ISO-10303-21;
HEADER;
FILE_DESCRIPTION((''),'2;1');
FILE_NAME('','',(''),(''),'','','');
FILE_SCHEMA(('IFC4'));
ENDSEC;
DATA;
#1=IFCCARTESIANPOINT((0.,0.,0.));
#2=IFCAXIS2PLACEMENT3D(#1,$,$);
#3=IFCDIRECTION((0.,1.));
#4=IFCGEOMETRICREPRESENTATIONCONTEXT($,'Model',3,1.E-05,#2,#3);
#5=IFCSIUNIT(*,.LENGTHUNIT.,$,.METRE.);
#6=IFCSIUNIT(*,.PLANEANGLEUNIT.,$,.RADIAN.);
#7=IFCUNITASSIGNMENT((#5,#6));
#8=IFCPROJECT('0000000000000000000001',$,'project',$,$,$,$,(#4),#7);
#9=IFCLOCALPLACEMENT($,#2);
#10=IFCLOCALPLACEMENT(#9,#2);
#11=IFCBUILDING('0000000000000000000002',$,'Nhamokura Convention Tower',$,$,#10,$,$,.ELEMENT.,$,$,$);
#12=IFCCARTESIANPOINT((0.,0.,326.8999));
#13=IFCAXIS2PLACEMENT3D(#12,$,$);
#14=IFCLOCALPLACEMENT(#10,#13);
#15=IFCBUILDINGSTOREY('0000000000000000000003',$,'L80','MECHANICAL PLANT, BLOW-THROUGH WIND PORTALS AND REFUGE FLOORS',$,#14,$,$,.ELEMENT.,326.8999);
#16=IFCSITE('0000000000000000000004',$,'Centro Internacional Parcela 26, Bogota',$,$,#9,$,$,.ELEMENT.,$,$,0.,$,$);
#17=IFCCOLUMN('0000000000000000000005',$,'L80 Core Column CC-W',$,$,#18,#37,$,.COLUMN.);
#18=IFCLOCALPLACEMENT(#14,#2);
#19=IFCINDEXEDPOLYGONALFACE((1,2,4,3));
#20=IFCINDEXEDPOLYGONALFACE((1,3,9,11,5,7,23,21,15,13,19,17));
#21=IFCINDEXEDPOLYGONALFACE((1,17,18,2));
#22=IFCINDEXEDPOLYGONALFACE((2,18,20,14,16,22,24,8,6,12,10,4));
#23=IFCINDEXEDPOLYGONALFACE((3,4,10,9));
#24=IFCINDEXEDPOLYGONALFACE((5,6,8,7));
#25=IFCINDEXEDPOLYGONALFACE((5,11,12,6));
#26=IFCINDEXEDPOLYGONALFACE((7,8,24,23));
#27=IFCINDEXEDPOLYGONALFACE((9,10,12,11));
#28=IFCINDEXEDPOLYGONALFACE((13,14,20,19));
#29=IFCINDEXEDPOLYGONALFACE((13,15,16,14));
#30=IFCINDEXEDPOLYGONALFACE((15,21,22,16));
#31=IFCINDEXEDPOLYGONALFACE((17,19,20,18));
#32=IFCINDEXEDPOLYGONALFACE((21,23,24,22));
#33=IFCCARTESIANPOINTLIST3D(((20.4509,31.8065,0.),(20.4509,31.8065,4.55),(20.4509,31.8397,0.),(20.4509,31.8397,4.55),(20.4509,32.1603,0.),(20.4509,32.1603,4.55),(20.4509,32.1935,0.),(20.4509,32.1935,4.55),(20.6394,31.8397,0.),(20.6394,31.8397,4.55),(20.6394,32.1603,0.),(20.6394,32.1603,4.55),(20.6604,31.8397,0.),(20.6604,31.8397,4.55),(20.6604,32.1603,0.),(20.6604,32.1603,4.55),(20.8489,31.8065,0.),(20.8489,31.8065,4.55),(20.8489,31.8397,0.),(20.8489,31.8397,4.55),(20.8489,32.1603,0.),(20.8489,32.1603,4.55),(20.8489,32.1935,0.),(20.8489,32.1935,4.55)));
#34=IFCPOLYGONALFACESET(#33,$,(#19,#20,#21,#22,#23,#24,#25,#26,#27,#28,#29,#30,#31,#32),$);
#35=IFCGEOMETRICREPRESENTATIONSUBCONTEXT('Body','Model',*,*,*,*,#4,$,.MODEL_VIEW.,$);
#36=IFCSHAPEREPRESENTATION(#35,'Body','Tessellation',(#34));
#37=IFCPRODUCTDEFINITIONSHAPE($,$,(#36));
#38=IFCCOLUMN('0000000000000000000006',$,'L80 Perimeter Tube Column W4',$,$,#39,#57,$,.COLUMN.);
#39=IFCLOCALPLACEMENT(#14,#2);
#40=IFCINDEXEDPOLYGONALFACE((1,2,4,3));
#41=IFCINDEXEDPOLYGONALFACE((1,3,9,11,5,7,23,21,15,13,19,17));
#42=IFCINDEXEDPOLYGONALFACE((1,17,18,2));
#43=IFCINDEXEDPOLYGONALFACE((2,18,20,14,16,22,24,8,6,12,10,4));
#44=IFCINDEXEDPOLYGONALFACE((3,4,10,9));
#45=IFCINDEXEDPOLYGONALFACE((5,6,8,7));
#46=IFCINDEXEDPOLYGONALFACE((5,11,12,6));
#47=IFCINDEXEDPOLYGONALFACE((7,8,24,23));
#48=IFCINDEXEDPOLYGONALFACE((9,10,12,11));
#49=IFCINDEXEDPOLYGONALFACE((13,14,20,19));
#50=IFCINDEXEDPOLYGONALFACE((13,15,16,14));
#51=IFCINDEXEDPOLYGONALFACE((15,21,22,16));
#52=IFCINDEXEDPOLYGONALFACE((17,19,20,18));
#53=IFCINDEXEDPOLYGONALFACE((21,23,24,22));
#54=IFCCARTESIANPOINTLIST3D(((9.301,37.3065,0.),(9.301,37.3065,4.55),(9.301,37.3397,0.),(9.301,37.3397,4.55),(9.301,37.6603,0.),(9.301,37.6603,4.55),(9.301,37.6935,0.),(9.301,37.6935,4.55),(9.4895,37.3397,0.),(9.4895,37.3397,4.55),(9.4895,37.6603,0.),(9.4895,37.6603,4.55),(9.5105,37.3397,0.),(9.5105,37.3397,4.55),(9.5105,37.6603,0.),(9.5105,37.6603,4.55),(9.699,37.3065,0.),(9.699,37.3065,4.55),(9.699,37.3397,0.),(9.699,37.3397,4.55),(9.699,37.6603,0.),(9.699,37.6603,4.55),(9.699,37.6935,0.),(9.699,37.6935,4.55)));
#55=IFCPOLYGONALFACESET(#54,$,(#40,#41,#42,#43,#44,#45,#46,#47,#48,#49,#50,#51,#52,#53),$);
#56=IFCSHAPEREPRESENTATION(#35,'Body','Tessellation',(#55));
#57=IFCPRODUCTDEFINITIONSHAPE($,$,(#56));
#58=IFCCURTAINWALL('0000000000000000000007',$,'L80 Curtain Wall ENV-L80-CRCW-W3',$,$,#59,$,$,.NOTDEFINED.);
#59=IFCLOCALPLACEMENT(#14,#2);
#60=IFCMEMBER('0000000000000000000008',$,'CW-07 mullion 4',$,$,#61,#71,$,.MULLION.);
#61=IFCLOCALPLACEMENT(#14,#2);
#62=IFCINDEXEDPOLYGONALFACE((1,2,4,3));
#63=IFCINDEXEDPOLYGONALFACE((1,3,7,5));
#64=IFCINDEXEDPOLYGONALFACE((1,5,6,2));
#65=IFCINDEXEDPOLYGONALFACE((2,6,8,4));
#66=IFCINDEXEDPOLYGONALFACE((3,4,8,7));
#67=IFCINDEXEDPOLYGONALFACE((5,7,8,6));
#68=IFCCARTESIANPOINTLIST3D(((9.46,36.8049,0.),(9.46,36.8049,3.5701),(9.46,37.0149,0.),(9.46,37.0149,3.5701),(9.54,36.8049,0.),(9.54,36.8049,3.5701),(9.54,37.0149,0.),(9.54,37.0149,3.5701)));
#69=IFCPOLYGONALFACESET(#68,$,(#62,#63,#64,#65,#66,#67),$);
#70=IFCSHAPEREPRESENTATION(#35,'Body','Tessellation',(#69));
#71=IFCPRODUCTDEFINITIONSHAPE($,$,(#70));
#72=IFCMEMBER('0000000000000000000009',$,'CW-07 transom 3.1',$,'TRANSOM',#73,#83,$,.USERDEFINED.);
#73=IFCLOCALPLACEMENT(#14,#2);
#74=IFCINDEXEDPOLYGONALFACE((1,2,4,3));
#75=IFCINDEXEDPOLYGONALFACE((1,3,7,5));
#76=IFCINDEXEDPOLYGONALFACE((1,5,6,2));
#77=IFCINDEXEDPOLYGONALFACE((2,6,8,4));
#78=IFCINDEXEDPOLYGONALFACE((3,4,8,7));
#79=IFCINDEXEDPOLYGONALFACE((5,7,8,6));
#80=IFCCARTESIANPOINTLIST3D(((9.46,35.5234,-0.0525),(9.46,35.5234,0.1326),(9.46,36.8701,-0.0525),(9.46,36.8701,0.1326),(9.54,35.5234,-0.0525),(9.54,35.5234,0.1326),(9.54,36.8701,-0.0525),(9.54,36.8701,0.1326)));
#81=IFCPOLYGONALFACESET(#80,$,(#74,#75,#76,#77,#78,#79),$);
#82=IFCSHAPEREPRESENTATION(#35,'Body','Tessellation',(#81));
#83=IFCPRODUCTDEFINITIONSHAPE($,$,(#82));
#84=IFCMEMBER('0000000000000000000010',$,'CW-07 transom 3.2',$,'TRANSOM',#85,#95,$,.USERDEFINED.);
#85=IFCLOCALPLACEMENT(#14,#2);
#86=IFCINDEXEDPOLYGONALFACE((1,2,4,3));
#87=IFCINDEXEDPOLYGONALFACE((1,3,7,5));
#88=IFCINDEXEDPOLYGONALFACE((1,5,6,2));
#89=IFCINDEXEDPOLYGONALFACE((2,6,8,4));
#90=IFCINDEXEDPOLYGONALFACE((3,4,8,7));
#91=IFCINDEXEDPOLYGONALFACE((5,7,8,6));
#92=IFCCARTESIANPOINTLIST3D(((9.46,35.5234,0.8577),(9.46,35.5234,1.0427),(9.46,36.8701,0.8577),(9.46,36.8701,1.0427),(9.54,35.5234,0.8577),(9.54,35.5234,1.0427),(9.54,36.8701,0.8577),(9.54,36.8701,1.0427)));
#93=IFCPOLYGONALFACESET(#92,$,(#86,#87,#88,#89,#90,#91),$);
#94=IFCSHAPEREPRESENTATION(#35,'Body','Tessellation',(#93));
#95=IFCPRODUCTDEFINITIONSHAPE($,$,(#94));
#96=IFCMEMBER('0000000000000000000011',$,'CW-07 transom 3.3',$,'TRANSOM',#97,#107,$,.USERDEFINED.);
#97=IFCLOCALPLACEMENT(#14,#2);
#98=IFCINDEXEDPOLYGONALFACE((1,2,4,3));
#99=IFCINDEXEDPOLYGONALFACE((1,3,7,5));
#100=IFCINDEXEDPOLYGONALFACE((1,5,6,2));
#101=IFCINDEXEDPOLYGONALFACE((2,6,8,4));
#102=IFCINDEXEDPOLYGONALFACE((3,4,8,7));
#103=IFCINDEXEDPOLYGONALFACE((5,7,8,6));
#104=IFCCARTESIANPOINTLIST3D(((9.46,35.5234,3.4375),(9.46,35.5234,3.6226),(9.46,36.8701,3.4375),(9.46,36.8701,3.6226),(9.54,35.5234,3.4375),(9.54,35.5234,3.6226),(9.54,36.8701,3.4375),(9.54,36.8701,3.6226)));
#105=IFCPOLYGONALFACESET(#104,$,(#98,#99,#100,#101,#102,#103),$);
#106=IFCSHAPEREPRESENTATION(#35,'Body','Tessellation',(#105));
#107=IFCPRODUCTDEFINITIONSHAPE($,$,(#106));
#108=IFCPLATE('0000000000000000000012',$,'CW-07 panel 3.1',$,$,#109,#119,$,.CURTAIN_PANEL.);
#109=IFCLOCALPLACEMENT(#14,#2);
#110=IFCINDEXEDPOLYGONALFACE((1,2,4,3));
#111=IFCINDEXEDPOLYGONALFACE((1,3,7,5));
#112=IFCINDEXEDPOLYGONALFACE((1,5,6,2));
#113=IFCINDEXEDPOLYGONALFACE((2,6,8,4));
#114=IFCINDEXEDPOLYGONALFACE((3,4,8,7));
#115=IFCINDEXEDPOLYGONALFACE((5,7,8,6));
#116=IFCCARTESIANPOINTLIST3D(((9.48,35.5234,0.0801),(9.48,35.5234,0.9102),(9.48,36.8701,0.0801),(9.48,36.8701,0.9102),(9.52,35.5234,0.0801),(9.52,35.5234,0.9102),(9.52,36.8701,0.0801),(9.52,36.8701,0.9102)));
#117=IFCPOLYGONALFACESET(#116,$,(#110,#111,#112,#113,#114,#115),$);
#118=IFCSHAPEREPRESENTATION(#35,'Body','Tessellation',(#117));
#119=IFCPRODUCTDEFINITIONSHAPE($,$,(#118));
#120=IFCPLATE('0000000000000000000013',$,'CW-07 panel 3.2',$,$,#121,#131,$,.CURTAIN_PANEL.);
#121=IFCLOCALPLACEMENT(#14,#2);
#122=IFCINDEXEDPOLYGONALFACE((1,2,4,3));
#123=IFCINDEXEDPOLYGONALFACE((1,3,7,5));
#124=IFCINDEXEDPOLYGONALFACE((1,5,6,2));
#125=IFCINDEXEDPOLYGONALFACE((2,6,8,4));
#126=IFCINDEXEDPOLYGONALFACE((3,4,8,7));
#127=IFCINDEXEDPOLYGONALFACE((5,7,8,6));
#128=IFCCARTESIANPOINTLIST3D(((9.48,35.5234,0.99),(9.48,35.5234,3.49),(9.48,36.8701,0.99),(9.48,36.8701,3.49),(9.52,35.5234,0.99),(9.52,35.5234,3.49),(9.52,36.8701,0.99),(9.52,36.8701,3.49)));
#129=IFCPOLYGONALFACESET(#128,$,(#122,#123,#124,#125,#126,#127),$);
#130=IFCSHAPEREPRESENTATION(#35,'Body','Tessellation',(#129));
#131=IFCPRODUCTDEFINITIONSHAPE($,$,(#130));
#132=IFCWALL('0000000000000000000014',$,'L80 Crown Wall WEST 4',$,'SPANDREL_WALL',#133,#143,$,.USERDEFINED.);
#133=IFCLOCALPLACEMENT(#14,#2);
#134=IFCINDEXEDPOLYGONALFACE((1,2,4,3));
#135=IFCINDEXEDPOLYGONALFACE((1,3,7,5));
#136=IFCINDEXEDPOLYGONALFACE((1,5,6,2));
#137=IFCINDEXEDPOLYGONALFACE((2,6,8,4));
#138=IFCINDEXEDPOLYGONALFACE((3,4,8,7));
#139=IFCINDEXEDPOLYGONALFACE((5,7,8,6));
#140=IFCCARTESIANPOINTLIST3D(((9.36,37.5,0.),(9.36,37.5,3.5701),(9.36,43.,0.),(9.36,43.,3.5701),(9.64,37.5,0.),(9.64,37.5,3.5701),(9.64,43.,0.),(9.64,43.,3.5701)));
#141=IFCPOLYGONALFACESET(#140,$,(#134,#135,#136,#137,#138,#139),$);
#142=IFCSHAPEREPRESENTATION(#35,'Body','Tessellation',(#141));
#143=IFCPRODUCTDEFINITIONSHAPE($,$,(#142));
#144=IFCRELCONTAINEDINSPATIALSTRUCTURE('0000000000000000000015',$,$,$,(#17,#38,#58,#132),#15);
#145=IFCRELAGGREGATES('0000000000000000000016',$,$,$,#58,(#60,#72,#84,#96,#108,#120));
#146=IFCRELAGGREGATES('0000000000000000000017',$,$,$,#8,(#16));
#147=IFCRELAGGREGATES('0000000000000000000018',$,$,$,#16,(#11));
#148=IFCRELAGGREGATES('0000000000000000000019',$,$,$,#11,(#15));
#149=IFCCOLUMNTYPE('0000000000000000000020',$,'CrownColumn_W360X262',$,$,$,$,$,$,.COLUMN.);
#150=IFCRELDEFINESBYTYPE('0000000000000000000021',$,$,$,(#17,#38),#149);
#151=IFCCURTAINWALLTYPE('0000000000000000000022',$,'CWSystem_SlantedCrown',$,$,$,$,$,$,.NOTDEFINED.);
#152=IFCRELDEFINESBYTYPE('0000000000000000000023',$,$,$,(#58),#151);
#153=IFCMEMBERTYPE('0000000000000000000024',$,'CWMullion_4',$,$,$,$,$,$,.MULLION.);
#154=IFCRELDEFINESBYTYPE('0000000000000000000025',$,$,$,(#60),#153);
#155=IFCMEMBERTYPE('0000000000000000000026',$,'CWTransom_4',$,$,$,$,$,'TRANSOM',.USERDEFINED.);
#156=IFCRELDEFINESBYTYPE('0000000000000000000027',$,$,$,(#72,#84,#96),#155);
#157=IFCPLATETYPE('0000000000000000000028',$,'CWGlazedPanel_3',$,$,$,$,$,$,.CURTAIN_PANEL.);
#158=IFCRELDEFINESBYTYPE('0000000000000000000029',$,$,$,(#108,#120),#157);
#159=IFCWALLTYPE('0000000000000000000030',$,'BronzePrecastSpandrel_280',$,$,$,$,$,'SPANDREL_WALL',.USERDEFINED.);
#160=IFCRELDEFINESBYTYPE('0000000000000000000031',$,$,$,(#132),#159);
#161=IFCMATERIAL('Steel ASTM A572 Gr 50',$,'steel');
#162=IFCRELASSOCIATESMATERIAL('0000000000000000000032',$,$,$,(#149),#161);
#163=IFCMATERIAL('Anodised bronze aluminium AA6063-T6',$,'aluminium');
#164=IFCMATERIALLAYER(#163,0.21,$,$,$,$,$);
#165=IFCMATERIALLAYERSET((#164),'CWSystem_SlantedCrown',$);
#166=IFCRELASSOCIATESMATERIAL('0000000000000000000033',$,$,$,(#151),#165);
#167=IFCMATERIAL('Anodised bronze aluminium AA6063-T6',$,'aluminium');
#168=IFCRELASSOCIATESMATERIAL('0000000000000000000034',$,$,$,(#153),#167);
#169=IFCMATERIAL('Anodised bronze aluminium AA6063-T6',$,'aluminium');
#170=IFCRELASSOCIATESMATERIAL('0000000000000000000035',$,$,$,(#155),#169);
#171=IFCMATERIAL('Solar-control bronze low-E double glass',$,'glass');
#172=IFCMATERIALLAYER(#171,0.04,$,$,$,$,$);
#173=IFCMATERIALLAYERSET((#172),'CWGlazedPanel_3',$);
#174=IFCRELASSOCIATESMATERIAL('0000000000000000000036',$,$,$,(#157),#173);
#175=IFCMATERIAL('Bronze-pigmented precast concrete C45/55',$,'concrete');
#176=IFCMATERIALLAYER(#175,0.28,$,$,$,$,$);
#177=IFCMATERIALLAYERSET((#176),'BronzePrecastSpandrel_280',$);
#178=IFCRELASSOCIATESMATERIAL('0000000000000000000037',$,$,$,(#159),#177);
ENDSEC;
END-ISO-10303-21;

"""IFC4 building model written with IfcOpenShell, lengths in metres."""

from ifc_helpers import new_model, si_unit, direction, frame, frame_2d, origin, origin_2d, place, context, subcontext, project, spatial, rectangle, i_section, extrude, material, layer, layer_set, material_profile, profile_set, type_object, element, aggregate, save


model = new_model("IFC4")

# Units and contexts
model_context = context("Model", 3, precision=1e-05, world=origin(), true_north=direction((0.0, 1.0)))
body_context = subcontext(model_context, "Body", "Model", "MODEL_VIEW")
ifc_project = project(units=[si_unit("LENGTHUNIT", "METRE"), si_unit("PLANEANGLEUNIT", "RADIAN")], contexts=[model_context])

# Site, building, storey
site_placement = place(None, origin())
site = spatial("IfcSite", under=ifc_project, at=site_placement, Name="Centro Internacional Parcela 26, Bogota", CompositionType="ELEMENT", RefElevation=0.0)
building_placement = place(site_placement, origin())
building = spatial("IfcBuilding", under=site, at=building_placement, Name="Nhamokura Convention Tower", CompositionType="ELEMENT")
storey_placement = place(building_placement, frame((0.0, 0.0, 326.8999)))
storey = spatial("IfcBuildingStorey", under=building, at=storey_placement, Name="L80", Description="MECHANICAL PLANT, BLOW-THROUGH WIND PORTALS AND REFUGE FLOORS", CompositionType="ELEMENT", Elevation=326.8999)

# Columns
ifc_material_1 = material(Name="Steel ASTM A572 Gr 50", Category="steel")
ifc_material_profile_1 = material_profile(ifc_material_1, i_section(OverallWidth=0.3979, OverallDepth=0.387, WebThickness=0.021, FlangeThickness=0.0332, at=origin_2d()))
ifc_profile_set_1 = profile_set([ifc_material_profile_1], Name="Steel ASTM A572 Gr 50")
column_type = type_object("IfcColumnType", Name="CrownColumn_W360X262", PredefinedType="COLUMN", material=ifc_profile_set_1)
for number, where, z_axis, x_axis, name in (
    (1, (20.6499, 32.0, 0.0), (0.0, 0.0, 1.0), (1.0, 0.0, 0.0), "L80 Core Column CC-W"),
    (2, (9.5, 37.5, 0.0), (0.0, 0.0, 1.0), (1.0, 0.0, 0.0), "L80 Perimeter Tube Column W4"),
):
    element("IfcColumn", number, at=place(storey_placement, frame(where, z_axis=z_axis, x_axis=x_axis)), inside=storey, type_object=column_type, Name=name, PredefinedType="COLUMN", context=body_context, shape_type="SweptSolid", body=[
        extrude(i_section(OverallWidth=0.3979, OverallDepth=0.387, WebThickness=0.021, FlangeThickness=0.0332, at=origin_2d()), origin(), (0.0, 0.0, 1.0), 4.55),
    ])

# Curtain wall, members, plates
ifc_material_2 = material(Name="Anodised bronze aluminium AA6063-T6", Category="aluminium")
ifc_layer_1 = layer(ifc_material_2, 0.21)
ifc_layer_set_1 = layer_set([ifc_layer_1], Name="CWSystem_SlantedCrown")
curtain_wall_type = type_object("IfcCurtainWallType", Name="CWSystem_SlantedCrown", PredefinedType="NOTDEFINED", material=ifc_layer_set_1)
curtain_wall_placement = place(storey_placement, origin())
curtain_wall = element("IfcCurtainWall", 3, at=curtain_wall_placement, inside=storey, type_object=curtain_wall_type, Name="L80 Curtain Wall ENV-L80-CRCW-W3", PredefinedType="NOTDEFINED")
ifc_material_3 = material(Name="Anodised bronze aluminium AA6063-T6", Category="aluminium")
ifc_material_profile_2 = material_profile(ifc_material_3, rectangle(XDim=0.0801, YDim=0.21, at=origin_2d()))
ifc_profile_set_2 = profile_set([ifc_material_profile_2], Name="Anodised bronze aluminium AA6063-T6")
member_type_1 = type_object("IfcMemberType", Name="CWMullion_4", PredefinedType="MULLION", material=ifc_profile_set_2)
member_1_placement = place(storey_placement, frame((9.5, 36.9099, 0.0), z_axis=(0.0, 0.0, 1.0), x_axis=(-1.0, 0.0, 0.0)))
member_1 = element("IfcMember", 4, at=member_1_placement, type_object=member_type_1, Name="CW-07 mullion 4", PredefinedType="MULLION", context=body_context, shape_type="SweptSolid", body=[
    extrude(rectangle(XDim=0.0801, YDim=0.21, at=origin_2d()), origin(), (0.0, 0.0, 1.0), 3.5701),
])
ifc_material_4 = material(Name="Anodised bronze aluminium AA6063-T6", Category="aluminium")
ifc_material_profile_3 = material_profile(ifc_material_4, rectangle(XDim=0.0801, YDim=0.1851, at=origin_2d()))
ifc_profile_set_3 = profile_set([ifc_material_profile_3], Name="Anodised bronze aluminium AA6063-T6")
member_type_2 = type_object("IfcMemberType", Name="CWTransom_4", ElementType="TRANSOM", PredefinedType="USERDEFINED", material=ifc_profile_set_3)
member_2_placement = place(storey_placement, frame((9.5, 35.5234, 0.04), z_axis=(0.0, 1.0, 0.0), x_axis=(-1.0, 0.0, 0.0)))
member_2 = element("IfcMember", 5, at=member_2_placement, type_object=member_type_2, Name="CW-07 transom 3.1", ObjectType="TRANSOM", PredefinedType="USERDEFINED", context=body_context, shape_type="SweptSolid", body=[
    extrude(rectangle(XDim=0.0801, YDim=0.1851, at=origin_2d()), origin(), (0.0, 0.0, 1.0), 1.3467),
])
member_3_placement = place(storey_placement, frame((9.5, 35.5234, 0.9502), z_axis=(0.0, 1.0, 0.0), x_axis=(-1.0, 0.0, 0.0)))
member_3 = element("IfcMember", 6, at=member_3_placement, type_object=member_type_2, Name="CW-07 transom 3.2", ObjectType="TRANSOM", PredefinedType="USERDEFINED", context=body_context, shape_type="SweptSolid", body=[
    extrude(rectangle(XDim=0.0801, YDim=0.1851, at=origin_2d()), origin(), (0.0, 0.0, 1.0), 1.3467),
])
member_4_placement = place(storey_placement, frame((9.5, 35.5234, 3.53), z_axis=(0.0, 1.0, 0.0), x_axis=(-1.0, 0.0, 0.0)))
member_4 = element("IfcMember", 7, at=member_4_placement, type_object=member_type_2, Name="CW-07 transom 3.3", ObjectType="TRANSOM", PredefinedType="USERDEFINED", context=body_context, shape_type="SweptSolid", body=[
    extrude(rectangle(XDim=0.0801, YDim=0.1851, at=origin_2d()), origin(), (0.0, 0.0, 1.0), 1.3467),
])
ifc_material_5 = material(Name="Solar-control bronze low-E double glass", Category="glass")
ifc_layer_2 = layer(ifc_material_5, 0.04)
ifc_layer_set_2 = layer_set([ifc_layer_2], Name="CWGlazedPanel_3")
plate_type = type_object("IfcPlateType", Name="CWGlazedPanel_3", PredefinedType="CURTAIN_PANEL", material=ifc_layer_set_2)
plate_1_placement = place(storey_placement, frame((9.5, 36.1968, 0.0801), z_axis=(0.0, 0.0, 1.0), x_axis=(0.0, 1.0, 0.0)))
plate_1 = element("IfcPlate", 8, at=plate_1_placement, type_object=plate_type, Name="CW-07 panel 3.1", PredefinedType="CURTAIN_PANEL", context=body_context, shape_type="SweptSolid", body=[
    extrude(rectangle(XDim=1.3467, YDim=0.04, at=origin_2d()), origin(), (0.0, 0.0, 1.0), 0.8301),
])
plate_2_placement = place(storey_placement, frame((9.5, 36.1968, 0.99), z_axis=(0.0, 0.0, 1.0), x_axis=(0.0, 1.0, 0.0)))
plate_2 = element("IfcPlate", 9, at=plate_2_placement, type_object=plate_type, Name="CW-07 panel 3.2", PredefinedType="CURTAIN_PANEL", context=body_context, shape_type="SweptSolid", body=[
    extrude(rectangle(XDim=1.3467, YDim=0.04, at=origin_2d()), origin(), (0.0, 0.0, 1.0), 2.5),
])
aggregate(curtain_wall, [member_1, member_2, member_3, member_4, plate_1, plate_2])

# Wall
ifc_material_6 = material(Name="Bronze-pigmented precast concrete C45/55", Category="concrete")
ifc_layer_3 = layer(ifc_material_6, 0.28)
ifc_layer_set_3 = layer_set([ifc_layer_3], Name="BronzePrecastSpandrel_280")
wall_type_1 = type_object("IfcWallType", Name="BronzePrecastSpandrel_280", ElementType="SPANDREL_WALL", PredefinedType="USERDEFINED", material=ifc_layer_set_3)
wall_1_placement = place(storey_placement, frame((9.5, 37.5, 0.0), z_axis=(0.0, 0.0, 1.0), x_axis=(0.0, 1.0, 0.0)))
element("IfcWall", 10, at=wall_1_placement, inside=storey, type_object=wall_type_1, Name="L80 Crown Wall WEST 4", ObjectType="SPANDREL_WALL", PredefinedType="USERDEFINED", context=body_context, shape_type="SweptSolid", body=[
    extrude(rectangle(XDim=5.5, YDim=0.28, at=frame_2d((2.75, 0.0))), origin(), (0.0, 0.0, 1.0), 3.5701),
])

save(model, "model.ifc")
